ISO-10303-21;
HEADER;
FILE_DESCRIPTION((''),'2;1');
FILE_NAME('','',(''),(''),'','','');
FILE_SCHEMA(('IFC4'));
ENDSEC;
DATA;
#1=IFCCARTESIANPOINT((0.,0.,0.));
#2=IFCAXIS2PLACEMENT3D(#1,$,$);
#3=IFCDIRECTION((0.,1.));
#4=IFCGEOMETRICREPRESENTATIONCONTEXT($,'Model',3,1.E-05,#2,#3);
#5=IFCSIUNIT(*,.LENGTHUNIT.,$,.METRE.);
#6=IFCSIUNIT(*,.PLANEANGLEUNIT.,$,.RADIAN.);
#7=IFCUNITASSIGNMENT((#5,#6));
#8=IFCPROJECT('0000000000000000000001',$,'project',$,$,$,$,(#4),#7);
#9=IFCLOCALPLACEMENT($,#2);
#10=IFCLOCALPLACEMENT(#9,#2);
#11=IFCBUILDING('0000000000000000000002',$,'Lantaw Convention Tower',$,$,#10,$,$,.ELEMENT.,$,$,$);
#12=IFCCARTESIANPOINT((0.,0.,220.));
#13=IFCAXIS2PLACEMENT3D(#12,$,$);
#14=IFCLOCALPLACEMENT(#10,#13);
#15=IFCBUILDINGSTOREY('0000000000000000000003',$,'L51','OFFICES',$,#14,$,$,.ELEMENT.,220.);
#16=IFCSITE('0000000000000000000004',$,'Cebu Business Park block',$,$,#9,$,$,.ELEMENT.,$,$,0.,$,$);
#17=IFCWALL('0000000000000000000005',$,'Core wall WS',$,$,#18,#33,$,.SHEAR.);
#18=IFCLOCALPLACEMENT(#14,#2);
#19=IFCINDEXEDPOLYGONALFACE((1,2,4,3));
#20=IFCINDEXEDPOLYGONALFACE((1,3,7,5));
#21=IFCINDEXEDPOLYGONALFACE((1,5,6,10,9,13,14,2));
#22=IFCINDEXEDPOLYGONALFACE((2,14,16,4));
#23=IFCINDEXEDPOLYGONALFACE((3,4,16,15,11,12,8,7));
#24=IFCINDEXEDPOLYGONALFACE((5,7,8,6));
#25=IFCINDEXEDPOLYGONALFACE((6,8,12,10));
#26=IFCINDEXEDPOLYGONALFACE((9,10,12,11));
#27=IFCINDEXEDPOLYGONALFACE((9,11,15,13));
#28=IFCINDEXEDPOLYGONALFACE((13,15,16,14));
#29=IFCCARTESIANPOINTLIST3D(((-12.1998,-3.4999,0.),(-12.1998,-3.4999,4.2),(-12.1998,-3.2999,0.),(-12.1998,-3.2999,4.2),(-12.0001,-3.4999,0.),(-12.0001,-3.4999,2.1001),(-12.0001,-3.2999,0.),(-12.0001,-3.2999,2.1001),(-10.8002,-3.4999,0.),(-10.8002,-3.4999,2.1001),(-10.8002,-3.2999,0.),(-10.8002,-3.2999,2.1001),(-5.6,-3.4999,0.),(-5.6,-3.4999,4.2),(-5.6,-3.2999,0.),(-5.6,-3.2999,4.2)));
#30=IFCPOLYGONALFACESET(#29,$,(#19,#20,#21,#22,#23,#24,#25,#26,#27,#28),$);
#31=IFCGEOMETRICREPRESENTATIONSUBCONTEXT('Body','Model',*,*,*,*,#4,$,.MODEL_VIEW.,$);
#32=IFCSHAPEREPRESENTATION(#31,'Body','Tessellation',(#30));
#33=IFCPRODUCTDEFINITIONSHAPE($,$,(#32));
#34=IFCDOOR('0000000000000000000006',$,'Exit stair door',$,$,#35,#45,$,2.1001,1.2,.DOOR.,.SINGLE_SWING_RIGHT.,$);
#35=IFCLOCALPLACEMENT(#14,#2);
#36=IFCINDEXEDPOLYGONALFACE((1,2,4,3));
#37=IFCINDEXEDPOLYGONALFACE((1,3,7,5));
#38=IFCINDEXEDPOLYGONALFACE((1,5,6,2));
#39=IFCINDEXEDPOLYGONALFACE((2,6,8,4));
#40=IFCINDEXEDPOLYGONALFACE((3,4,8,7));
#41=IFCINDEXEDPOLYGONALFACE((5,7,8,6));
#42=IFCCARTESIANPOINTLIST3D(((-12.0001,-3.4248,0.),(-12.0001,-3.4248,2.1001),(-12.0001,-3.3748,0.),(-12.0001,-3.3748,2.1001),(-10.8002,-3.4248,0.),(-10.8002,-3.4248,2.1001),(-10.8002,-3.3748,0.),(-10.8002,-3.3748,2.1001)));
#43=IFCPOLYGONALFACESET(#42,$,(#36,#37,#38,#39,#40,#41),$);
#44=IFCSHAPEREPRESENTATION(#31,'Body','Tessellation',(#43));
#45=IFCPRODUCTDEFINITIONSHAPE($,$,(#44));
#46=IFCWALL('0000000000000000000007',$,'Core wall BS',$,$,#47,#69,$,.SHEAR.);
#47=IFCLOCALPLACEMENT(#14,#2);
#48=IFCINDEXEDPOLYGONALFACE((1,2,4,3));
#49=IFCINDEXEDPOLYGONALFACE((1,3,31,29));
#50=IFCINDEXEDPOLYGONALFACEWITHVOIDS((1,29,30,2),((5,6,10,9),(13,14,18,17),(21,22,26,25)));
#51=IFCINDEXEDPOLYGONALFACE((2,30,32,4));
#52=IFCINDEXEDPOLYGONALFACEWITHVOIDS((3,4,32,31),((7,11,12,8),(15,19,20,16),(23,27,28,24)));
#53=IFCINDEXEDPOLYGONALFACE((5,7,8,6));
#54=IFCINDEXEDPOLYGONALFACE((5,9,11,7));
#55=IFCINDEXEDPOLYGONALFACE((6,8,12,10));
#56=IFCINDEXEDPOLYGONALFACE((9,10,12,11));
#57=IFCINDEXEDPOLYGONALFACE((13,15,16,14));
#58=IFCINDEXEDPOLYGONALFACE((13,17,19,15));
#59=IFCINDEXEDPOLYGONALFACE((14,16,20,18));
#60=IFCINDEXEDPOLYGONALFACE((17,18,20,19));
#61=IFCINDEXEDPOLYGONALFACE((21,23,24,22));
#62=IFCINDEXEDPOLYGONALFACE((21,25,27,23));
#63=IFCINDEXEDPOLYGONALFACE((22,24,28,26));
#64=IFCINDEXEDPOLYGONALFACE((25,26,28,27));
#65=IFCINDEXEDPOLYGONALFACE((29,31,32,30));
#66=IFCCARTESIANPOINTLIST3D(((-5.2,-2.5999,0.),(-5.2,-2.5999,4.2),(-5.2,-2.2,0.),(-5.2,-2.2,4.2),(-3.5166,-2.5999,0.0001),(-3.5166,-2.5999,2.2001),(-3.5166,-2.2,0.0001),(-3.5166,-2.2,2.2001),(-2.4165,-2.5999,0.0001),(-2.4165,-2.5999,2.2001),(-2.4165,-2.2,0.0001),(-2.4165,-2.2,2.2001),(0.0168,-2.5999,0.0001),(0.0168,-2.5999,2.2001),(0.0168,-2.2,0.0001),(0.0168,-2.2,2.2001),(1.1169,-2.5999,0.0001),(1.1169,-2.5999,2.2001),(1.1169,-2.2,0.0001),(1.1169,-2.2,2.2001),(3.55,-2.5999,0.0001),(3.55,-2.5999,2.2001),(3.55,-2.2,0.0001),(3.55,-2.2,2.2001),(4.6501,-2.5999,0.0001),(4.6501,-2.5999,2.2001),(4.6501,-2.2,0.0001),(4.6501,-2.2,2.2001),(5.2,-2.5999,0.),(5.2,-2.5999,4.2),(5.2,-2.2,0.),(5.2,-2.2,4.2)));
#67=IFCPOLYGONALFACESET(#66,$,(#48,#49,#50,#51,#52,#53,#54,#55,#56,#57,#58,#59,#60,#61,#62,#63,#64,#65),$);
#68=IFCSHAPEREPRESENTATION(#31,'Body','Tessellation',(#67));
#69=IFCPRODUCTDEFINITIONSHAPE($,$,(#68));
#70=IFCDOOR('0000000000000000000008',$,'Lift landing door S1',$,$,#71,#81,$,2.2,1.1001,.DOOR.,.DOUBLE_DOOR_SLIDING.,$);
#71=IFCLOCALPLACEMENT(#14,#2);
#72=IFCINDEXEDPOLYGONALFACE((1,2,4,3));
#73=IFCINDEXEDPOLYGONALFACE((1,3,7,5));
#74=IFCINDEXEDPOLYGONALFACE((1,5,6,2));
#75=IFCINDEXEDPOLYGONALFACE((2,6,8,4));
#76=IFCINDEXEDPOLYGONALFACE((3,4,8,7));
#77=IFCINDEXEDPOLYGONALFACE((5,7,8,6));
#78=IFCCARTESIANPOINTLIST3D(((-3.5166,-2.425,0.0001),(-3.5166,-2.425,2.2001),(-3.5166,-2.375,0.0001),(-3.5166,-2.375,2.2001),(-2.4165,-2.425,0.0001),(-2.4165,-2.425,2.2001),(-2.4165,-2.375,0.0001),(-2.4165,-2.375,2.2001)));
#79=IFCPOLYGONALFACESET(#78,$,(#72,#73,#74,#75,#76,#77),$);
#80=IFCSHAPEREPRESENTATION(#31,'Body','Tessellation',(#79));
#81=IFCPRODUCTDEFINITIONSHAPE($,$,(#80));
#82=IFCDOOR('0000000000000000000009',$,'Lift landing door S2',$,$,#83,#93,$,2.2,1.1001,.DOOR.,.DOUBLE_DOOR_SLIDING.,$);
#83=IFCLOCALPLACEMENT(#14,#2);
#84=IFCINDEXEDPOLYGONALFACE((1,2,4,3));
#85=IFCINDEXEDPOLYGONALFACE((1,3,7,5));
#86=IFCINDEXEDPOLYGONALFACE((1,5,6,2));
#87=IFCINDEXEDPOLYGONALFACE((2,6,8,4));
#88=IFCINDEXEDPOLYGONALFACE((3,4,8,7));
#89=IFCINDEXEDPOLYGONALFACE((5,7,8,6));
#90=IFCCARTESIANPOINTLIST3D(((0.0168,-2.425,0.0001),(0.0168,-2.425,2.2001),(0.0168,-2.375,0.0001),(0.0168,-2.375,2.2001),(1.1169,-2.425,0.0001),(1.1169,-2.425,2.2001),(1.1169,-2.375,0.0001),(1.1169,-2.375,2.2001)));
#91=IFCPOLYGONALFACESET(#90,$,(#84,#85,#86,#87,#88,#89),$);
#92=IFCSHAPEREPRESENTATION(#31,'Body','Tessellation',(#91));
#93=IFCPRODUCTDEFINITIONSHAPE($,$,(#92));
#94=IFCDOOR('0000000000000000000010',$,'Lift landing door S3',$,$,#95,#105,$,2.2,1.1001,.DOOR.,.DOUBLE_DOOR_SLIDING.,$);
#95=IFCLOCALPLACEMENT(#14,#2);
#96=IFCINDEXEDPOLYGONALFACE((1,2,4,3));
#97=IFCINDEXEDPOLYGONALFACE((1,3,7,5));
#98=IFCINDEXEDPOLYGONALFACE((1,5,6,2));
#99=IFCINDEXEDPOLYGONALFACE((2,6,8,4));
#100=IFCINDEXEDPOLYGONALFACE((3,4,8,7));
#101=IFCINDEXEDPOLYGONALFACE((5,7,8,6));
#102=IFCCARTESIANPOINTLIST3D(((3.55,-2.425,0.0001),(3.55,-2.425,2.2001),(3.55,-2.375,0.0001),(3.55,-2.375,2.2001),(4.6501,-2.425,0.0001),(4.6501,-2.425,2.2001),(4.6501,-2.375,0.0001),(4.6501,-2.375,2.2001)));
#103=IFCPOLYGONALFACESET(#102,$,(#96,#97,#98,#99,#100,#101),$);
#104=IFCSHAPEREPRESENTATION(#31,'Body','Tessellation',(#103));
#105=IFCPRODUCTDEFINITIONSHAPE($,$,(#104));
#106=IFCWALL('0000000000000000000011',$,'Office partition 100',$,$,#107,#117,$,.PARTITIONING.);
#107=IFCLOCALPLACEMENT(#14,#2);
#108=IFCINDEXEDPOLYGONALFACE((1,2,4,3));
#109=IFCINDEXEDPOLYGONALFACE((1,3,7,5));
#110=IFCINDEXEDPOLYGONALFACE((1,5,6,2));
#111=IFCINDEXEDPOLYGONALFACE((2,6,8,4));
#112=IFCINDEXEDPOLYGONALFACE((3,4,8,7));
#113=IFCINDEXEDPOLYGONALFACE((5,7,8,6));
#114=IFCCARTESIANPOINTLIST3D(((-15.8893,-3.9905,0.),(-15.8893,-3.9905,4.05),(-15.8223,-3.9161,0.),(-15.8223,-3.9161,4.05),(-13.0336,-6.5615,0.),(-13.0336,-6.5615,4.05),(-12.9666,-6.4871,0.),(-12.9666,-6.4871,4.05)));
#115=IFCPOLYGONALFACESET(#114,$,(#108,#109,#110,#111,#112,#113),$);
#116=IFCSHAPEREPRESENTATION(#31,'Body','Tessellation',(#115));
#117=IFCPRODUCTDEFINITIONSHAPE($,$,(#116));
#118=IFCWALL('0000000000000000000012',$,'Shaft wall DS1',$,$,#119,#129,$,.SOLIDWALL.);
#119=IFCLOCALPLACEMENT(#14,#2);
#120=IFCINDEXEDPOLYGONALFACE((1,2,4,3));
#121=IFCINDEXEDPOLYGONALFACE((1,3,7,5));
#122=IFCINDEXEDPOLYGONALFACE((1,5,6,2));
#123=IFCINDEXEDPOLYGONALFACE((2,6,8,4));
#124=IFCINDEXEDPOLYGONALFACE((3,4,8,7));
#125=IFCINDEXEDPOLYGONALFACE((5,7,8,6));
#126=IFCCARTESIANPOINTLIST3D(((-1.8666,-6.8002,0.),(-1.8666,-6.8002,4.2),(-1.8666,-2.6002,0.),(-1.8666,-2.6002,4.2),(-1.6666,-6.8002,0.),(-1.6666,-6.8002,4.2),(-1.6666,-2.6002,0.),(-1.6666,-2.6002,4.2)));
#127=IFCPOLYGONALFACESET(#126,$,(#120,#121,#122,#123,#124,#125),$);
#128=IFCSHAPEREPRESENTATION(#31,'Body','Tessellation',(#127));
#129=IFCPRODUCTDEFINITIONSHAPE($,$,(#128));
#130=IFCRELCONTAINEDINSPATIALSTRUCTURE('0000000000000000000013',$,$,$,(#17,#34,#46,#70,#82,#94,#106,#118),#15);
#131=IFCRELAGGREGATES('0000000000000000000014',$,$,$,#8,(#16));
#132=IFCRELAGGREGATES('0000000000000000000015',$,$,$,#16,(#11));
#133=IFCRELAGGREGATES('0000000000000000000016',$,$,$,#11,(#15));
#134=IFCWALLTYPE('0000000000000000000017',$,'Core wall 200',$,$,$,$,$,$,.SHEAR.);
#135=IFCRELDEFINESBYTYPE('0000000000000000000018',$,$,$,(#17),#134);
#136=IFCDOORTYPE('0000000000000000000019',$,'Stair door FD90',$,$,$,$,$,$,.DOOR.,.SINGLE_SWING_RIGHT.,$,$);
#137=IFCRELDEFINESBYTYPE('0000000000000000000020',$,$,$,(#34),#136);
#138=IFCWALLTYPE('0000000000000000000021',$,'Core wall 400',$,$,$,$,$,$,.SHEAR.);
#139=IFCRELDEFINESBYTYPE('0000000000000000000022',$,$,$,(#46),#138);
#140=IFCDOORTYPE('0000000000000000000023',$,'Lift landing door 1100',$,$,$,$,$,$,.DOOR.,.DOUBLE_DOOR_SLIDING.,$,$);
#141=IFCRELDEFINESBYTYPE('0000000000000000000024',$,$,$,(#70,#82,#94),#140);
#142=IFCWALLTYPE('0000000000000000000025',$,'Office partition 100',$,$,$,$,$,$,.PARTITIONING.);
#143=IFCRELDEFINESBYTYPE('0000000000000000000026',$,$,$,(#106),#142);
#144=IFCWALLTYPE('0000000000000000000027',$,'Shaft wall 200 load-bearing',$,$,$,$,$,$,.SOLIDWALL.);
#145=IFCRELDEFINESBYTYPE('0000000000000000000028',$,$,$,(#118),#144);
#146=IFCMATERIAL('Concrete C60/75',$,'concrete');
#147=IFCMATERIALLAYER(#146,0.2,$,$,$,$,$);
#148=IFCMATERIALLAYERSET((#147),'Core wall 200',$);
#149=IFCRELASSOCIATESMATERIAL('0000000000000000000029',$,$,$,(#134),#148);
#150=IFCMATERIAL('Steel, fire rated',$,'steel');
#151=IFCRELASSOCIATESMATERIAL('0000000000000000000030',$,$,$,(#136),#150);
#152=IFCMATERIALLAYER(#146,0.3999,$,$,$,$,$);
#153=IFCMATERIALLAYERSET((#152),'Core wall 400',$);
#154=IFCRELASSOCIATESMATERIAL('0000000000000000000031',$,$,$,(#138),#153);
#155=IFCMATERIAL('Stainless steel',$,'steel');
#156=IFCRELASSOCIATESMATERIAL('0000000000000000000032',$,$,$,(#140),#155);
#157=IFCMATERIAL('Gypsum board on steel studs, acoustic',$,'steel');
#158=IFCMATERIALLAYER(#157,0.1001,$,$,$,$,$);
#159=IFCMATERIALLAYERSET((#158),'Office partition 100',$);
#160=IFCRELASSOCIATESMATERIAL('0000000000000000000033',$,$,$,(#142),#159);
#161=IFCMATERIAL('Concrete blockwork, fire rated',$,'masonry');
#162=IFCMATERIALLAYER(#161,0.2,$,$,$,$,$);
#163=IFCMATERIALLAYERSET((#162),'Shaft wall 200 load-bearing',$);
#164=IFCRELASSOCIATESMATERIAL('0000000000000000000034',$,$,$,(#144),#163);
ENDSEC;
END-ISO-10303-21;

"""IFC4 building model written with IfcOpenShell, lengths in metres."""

from ifc_helpers import new_model, si_unit, direction, frame, frame_2d, origin, place, context, subcontext, project, spatial, rectangle, extrude, material, layer, layer_set, type_object, element, fill, save


model = new_model("IFC4")

# Units and contexts
model_context = context("Model", 3, precision=1e-05, world=origin(), true_north=direction((0.0, 1.0)))
body_context = subcontext(model_context, "Body", "Model", "MODEL_VIEW")
ifc_project = project(units=[si_unit("LENGTHUNIT", "METRE"), si_unit("PLANEANGLEUNIT", "RADIAN")], contexts=[model_context])

# Site, building, storey
site_placement = place(None, origin())
site = spatial("IfcSite", under=ifc_project, at=site_placement, Name="Cebu Business Park block", CompositionType="ELEMENT", RefElevation=0.0)
building_placement = place(site_placement, origin())
building = spatial("IfcBuilding", under=site, at=building_placement, Name="Lantaw Convention Tower", CompositionType="ELEMENT")
storey_placement = place(building_placement, frame((0.0, 0.0, 220.0)))
storey = spatial("IfcBuildingStorey", under=building, at=storey_placement, Name="L51", Description="OFFICES", CompositionType="ELEMENT", Elevation=220.0)

# Wall, opening, door
ifc_material_1 = material(Name="Concrete C60/75", Category="concrete")
ifc_layer_1 = layer(ifc_material_1, 0.2)
ifc_layer_set_1 = layer_set([ifc_layer_1], Name="Core wall 200")
wall_type_1 = type_object("IfcWallType", Name="Core wall 200", PredefinedType="SHEAR", material=ifc_layer_set_1)
wall_1_placement = place(storey_placement, frame((-5.6001, -3.3999, 0.0), z_axis=(0.0, 0.0, 1.0), x_axis=(-1.0, 0.0, 0.0)))
wall_1 = element("IfcWall", 1, at=wall_1_placement, inside=storey, type_object=wall_type_1, Name="Core wall WS", PredefinedType="SHEAR", context=body_context, shape_type="SweptSolid", body=[
    extrude(rectangle(XDim=6.5999, YDim=0.2, at=frame_2d((3.2998, 0.0))), origin(), (0.0, 0.0, 1.0), 4.2),
])
opening_1_placement = place(wall_1_placement, frame((5.2, 0.0, 0.0)))
opening_1 = element("IfcOpeningElement", 2, at=opening_1_placement, cuts=wall_1, PredefinedType="OPENING", context=body_context, shape_type="SweptSolid", body=[
    extrude(rectangle(XDim=1.2, YDim=2.1001, at=frame_2d((0.6001, 1.05))), frame((0.0, 0.1099, 0.0), z_axis=(0.0, -1.0, 0.0), x_axis=(1.0, 0.0, 0.0)), (0.0, 0.0, 1.0), 0.22),
])
ifc_material_2 = material(Name="Steel, fire rated", Category="steel")
door_type_1 = type_object("IfcDoorType", Name="Stair door FD90", OperationType="SINGLE_SWING_RIGHT", PredefinedType="DOOR", material=ifc_material_2)
door_1_placement = place(opening_1_placement, origin())
door_1 = element("IfcDoor", 3, at=door_1_placement, inside=storey, type_object=door_type_1, Name="Exit stair door", OperationType="SINGLE_SWING_RIGHT", OverallHeight=2.1001, OverallWidth=1.2, PredefinedType="DOOR", context=body_context, shape_type="SweptSolid", body=[
    extrude(rectangle(XDim=1.2, YDim=2.1001, at=frame_2d((0.6001, 1.05))), frame((0.0, 0.0249, 0.0), z_axis=(0.0, -1.0, 0.0), x_axis=(1.0, 0.0, 0.0)), (0.0, 0.0, 1.0), 0.05),
])
fill(opening_1, door_1)

# Wall, openings, doors
ifc_layer_2 = layer(ifc_material_1, 0.3999)
ifc_layer_set_2 = layer_set([ifc_layer_2], Name="Core wall 400")
wall_type_2 = type_object("IfcWallType", Name="Core wall 400", PredefinedType="SHEAR", material=ifc_layer_set_2)
wall_2_placement = place(storey_placement, frame((-5.2, -2.3999, 0.0), z_axis=(0.0, 0.0, 1.0), x_axis=(1.0, 0.0, 0.0)))
wall_2 = element("IfcWall", 4, at=wall_2_placement, inside=storey, type_object=wall_type_2, Name="Core wall BS", PredefinedType="SHEAR", context=body_context, shape_type="SweptSolid", body=[
    extrude(rectangle(XDim=10.3999, YDim=0.3999, at=frame_2d((5.2, 0.0))), origin(), (0.0, 0.0, 1.0), 4.2),
])
opening_2_placement = place(wall_2_placement, frame((1.6833, 0.0, 0.0)))
opening_2 = element("IfcOpeningElement", 5, at=opening_2_placement, cuts=wall_2, PredefinedType="OPENING", context=body_context, shape_type="SweptSolid", body=[
    extrude(rectangle(XDim=1.1001, YDim=2.2, at=frame_2d((0.55, 1.1001))), frame((0.0, 0.21, 0.0), z_axis=(0.0, -1.0, 0.0), x_axis=(1.0, 0.0, 0.0)), (0.0, 0.0, 1.0), 0.4199),
])
opening_3_placement = place(wall_2_placement, frame((5.2168, 0.0, 0.0)))
opening_3 = element("IfcOpeningElement", 6, at=opening_3_placement, cuts=wall_2, PredefinedType="OPENING", context=body_context, shape_type="SweptSolid", body=[
    extrude(rectangle(XDim=1.1001, YDim=2.2, at=frame_2d((0.55, 1.1001))), frame((0.0, 0.21, 0.0), z_axis=(0.0, -1.0, 0.0), x_axis=(1.0, 0.0, 0.0)), (0.0, 0.0, 1.0), 0.4199),
])
opening_4_placement = place(wall_2_placement, frame((8.75, 0.0, 0.0)))
opening_4 = element("IfcOpeningElement", 7, at=opening_4_placement, cuts=wall_2, PredefinedType="OPENING", context=body_context, shape_type="SweptSolid", body=[
    extrude(rectangle(XDim=1.1001, YDim=2.2, at=frame_2d((0.55, 1.1001))), frame((0.0, 0.21, 0.0), z_axis=(0.0, -1.0, 0.0), x_axis=(1.0, 0.0, 0.0)), (0.0, 0.0, 1.0), 0.4199),
])
ifc_material_3 = material(Name="Stainless steel", Category="steel")
door_type_2 = type_object("IfcDoorType", Name="Lift landing door 1100", OperationType="DOUBLE_DOOR_SLIDING", PredefinedType="DOOR", material=ifc_material_3)
door_2_placement = place(opening_2_placement, origin())
door_2 = element("IfcDoor", 8, at=door_2_placement, inside=storey, type_object=door_type_2, Name="Lift landing door S1", OperationType="DOUBLE_DOOR_SLIDING", OverallHeight=2.2, OverallWidth=1.1001, PredefinedType="DOOR", context=body_context, shape_type="SweptSolid", body=[
    extrude(rectangle(XDim=1.1001, YDim=2.2, at=frame_2d((0.55, 1.1001))), frame((0.0, 0.0249, 0.0), z_axis=(0.0, -1.0, 0.0), x_axis=(1.0, 0.0, 0.0)), (0.0, 0.0, 1.0), 0.05),
])
fill(opening_2, door_2)
door_3_placement = place(opening_3_placement, origin())
door_3 = element("IfcDoor", 9, at=door_3_placement, inside=storey, type_object=door_type_2, Name="Lift landing door S2", OperationType="DOUBLE_DOOR_SLIDING", OverallHeight=2.2, OverallWidth=1.1001, PredefinedType="DOOR", context=body_context, shape_type="SweptSolid", body=[
    extrude(rectangle(XDim=1.1001, YDim=2.2, at=frame_2d((0.55, 1.1001))), frame((0.0, 0.0249, 0.0), z_axis=(0.0, -1.0, 0.0), x_axis=(1.0, 0.0, 0.0)), (0.0, 0.0, 1.0), 0.05),
])
fill(opening_3, door_3)
door_4_placement = place(opening_4_placement, origin())
door_4 = element("IfcDoor", 10, at=door_4_placement, inside=storey, type_object=door_type_2, Name="Lift landing door S3", OperationType="DOUBLE_DOOR_SLIDING", OverallHeight=2.2, OverallWidth=1.1001, PredefinedType="DOOR", context=body_context, shape_type="SweptSolid", body=[
    extrude(rectangle(XDim=1.1001, YDim=2.2, at=frame_2d((0.55, 1.1001))), frame((0.0, 0.0249, 0.0), z_axis=(0.0, -1.0, 0.0), x_axis=(1.0, 0.0, 0.0)), (0.0, 0.0, 1.0), 0.05),
])
fill(opening_4, door_4)

# Walls
ifc_material_4 = material(Name="Gypsum board on steel studs, acoustic", Category="steel")
ifc_layer_3 = layer(ifc_material_4, 0.1001)
ifc_layer_set_3 = layer_set([ifc_layer_3], Name="Office partition 100")
wall_type_3 = type_object("IfcWallType", Name="Office partition 100", PredefinedType="PARTITIONING", material=ifc_layer_set_3)
wall_3_placement = place(storey_placement, frame((-13.0, -6.5244, 0.0), z_axis=(0.0, 0.0, 1.0), x_axis=(-0.743177, 0.669095, 0.0)))
element("IfcWall", 11, at=wall_3_placement, inside=storey, type_object=wall_type_3, Name="Office partition 100", PredefinedType="PARTITIONING", context=body_context, shape_type="SweptSolid", body=[
    extrude(rectangle(XDim=3.8425, YDim=0.1001, at=frame_2d((1.9214, 0.0))), origin(), (0.0, 0.0, 1.0), 4.05),
])
ifc_material_5 = material(Name="Concrete blockwork, fire rated", Category="masonry")
ifc_layer_4 = layer(ifc_material_5, 0.2)
ifc_layer_set_4 = layer_set([ifc_layer_4], Name="Shaft wall 200 load-bearing")
wall_type_4 = type_object("IfcWallType", Name="Shaft wall 200 load-bearing", PredefinedType="SOLIDWALL", material=ifc_layer_set_4)
wall_4_placement = place(storey_placement, frame((-1.7666, -2.6001, 0.0), z_axis=(0.0, 0.0, 1.0), x_axis=(0.0, -1.0, 0.0)))
element("IfcWall", 12, at=wall_4_placement, inside=storey, type_object=wall_type_4, Name="Shaft wall DS1", PredefinedType="SOLIDWALL", context=body_context, shape_type="SweptSolid", body=[
    extrude(rectangle(XDim=4.2, YDim=0.2, at=frame_2d((2.1001, 0.0))), origin(), (0.0, 0.0, 1.0), 4.2),
])

save(model, "model.ifc")
